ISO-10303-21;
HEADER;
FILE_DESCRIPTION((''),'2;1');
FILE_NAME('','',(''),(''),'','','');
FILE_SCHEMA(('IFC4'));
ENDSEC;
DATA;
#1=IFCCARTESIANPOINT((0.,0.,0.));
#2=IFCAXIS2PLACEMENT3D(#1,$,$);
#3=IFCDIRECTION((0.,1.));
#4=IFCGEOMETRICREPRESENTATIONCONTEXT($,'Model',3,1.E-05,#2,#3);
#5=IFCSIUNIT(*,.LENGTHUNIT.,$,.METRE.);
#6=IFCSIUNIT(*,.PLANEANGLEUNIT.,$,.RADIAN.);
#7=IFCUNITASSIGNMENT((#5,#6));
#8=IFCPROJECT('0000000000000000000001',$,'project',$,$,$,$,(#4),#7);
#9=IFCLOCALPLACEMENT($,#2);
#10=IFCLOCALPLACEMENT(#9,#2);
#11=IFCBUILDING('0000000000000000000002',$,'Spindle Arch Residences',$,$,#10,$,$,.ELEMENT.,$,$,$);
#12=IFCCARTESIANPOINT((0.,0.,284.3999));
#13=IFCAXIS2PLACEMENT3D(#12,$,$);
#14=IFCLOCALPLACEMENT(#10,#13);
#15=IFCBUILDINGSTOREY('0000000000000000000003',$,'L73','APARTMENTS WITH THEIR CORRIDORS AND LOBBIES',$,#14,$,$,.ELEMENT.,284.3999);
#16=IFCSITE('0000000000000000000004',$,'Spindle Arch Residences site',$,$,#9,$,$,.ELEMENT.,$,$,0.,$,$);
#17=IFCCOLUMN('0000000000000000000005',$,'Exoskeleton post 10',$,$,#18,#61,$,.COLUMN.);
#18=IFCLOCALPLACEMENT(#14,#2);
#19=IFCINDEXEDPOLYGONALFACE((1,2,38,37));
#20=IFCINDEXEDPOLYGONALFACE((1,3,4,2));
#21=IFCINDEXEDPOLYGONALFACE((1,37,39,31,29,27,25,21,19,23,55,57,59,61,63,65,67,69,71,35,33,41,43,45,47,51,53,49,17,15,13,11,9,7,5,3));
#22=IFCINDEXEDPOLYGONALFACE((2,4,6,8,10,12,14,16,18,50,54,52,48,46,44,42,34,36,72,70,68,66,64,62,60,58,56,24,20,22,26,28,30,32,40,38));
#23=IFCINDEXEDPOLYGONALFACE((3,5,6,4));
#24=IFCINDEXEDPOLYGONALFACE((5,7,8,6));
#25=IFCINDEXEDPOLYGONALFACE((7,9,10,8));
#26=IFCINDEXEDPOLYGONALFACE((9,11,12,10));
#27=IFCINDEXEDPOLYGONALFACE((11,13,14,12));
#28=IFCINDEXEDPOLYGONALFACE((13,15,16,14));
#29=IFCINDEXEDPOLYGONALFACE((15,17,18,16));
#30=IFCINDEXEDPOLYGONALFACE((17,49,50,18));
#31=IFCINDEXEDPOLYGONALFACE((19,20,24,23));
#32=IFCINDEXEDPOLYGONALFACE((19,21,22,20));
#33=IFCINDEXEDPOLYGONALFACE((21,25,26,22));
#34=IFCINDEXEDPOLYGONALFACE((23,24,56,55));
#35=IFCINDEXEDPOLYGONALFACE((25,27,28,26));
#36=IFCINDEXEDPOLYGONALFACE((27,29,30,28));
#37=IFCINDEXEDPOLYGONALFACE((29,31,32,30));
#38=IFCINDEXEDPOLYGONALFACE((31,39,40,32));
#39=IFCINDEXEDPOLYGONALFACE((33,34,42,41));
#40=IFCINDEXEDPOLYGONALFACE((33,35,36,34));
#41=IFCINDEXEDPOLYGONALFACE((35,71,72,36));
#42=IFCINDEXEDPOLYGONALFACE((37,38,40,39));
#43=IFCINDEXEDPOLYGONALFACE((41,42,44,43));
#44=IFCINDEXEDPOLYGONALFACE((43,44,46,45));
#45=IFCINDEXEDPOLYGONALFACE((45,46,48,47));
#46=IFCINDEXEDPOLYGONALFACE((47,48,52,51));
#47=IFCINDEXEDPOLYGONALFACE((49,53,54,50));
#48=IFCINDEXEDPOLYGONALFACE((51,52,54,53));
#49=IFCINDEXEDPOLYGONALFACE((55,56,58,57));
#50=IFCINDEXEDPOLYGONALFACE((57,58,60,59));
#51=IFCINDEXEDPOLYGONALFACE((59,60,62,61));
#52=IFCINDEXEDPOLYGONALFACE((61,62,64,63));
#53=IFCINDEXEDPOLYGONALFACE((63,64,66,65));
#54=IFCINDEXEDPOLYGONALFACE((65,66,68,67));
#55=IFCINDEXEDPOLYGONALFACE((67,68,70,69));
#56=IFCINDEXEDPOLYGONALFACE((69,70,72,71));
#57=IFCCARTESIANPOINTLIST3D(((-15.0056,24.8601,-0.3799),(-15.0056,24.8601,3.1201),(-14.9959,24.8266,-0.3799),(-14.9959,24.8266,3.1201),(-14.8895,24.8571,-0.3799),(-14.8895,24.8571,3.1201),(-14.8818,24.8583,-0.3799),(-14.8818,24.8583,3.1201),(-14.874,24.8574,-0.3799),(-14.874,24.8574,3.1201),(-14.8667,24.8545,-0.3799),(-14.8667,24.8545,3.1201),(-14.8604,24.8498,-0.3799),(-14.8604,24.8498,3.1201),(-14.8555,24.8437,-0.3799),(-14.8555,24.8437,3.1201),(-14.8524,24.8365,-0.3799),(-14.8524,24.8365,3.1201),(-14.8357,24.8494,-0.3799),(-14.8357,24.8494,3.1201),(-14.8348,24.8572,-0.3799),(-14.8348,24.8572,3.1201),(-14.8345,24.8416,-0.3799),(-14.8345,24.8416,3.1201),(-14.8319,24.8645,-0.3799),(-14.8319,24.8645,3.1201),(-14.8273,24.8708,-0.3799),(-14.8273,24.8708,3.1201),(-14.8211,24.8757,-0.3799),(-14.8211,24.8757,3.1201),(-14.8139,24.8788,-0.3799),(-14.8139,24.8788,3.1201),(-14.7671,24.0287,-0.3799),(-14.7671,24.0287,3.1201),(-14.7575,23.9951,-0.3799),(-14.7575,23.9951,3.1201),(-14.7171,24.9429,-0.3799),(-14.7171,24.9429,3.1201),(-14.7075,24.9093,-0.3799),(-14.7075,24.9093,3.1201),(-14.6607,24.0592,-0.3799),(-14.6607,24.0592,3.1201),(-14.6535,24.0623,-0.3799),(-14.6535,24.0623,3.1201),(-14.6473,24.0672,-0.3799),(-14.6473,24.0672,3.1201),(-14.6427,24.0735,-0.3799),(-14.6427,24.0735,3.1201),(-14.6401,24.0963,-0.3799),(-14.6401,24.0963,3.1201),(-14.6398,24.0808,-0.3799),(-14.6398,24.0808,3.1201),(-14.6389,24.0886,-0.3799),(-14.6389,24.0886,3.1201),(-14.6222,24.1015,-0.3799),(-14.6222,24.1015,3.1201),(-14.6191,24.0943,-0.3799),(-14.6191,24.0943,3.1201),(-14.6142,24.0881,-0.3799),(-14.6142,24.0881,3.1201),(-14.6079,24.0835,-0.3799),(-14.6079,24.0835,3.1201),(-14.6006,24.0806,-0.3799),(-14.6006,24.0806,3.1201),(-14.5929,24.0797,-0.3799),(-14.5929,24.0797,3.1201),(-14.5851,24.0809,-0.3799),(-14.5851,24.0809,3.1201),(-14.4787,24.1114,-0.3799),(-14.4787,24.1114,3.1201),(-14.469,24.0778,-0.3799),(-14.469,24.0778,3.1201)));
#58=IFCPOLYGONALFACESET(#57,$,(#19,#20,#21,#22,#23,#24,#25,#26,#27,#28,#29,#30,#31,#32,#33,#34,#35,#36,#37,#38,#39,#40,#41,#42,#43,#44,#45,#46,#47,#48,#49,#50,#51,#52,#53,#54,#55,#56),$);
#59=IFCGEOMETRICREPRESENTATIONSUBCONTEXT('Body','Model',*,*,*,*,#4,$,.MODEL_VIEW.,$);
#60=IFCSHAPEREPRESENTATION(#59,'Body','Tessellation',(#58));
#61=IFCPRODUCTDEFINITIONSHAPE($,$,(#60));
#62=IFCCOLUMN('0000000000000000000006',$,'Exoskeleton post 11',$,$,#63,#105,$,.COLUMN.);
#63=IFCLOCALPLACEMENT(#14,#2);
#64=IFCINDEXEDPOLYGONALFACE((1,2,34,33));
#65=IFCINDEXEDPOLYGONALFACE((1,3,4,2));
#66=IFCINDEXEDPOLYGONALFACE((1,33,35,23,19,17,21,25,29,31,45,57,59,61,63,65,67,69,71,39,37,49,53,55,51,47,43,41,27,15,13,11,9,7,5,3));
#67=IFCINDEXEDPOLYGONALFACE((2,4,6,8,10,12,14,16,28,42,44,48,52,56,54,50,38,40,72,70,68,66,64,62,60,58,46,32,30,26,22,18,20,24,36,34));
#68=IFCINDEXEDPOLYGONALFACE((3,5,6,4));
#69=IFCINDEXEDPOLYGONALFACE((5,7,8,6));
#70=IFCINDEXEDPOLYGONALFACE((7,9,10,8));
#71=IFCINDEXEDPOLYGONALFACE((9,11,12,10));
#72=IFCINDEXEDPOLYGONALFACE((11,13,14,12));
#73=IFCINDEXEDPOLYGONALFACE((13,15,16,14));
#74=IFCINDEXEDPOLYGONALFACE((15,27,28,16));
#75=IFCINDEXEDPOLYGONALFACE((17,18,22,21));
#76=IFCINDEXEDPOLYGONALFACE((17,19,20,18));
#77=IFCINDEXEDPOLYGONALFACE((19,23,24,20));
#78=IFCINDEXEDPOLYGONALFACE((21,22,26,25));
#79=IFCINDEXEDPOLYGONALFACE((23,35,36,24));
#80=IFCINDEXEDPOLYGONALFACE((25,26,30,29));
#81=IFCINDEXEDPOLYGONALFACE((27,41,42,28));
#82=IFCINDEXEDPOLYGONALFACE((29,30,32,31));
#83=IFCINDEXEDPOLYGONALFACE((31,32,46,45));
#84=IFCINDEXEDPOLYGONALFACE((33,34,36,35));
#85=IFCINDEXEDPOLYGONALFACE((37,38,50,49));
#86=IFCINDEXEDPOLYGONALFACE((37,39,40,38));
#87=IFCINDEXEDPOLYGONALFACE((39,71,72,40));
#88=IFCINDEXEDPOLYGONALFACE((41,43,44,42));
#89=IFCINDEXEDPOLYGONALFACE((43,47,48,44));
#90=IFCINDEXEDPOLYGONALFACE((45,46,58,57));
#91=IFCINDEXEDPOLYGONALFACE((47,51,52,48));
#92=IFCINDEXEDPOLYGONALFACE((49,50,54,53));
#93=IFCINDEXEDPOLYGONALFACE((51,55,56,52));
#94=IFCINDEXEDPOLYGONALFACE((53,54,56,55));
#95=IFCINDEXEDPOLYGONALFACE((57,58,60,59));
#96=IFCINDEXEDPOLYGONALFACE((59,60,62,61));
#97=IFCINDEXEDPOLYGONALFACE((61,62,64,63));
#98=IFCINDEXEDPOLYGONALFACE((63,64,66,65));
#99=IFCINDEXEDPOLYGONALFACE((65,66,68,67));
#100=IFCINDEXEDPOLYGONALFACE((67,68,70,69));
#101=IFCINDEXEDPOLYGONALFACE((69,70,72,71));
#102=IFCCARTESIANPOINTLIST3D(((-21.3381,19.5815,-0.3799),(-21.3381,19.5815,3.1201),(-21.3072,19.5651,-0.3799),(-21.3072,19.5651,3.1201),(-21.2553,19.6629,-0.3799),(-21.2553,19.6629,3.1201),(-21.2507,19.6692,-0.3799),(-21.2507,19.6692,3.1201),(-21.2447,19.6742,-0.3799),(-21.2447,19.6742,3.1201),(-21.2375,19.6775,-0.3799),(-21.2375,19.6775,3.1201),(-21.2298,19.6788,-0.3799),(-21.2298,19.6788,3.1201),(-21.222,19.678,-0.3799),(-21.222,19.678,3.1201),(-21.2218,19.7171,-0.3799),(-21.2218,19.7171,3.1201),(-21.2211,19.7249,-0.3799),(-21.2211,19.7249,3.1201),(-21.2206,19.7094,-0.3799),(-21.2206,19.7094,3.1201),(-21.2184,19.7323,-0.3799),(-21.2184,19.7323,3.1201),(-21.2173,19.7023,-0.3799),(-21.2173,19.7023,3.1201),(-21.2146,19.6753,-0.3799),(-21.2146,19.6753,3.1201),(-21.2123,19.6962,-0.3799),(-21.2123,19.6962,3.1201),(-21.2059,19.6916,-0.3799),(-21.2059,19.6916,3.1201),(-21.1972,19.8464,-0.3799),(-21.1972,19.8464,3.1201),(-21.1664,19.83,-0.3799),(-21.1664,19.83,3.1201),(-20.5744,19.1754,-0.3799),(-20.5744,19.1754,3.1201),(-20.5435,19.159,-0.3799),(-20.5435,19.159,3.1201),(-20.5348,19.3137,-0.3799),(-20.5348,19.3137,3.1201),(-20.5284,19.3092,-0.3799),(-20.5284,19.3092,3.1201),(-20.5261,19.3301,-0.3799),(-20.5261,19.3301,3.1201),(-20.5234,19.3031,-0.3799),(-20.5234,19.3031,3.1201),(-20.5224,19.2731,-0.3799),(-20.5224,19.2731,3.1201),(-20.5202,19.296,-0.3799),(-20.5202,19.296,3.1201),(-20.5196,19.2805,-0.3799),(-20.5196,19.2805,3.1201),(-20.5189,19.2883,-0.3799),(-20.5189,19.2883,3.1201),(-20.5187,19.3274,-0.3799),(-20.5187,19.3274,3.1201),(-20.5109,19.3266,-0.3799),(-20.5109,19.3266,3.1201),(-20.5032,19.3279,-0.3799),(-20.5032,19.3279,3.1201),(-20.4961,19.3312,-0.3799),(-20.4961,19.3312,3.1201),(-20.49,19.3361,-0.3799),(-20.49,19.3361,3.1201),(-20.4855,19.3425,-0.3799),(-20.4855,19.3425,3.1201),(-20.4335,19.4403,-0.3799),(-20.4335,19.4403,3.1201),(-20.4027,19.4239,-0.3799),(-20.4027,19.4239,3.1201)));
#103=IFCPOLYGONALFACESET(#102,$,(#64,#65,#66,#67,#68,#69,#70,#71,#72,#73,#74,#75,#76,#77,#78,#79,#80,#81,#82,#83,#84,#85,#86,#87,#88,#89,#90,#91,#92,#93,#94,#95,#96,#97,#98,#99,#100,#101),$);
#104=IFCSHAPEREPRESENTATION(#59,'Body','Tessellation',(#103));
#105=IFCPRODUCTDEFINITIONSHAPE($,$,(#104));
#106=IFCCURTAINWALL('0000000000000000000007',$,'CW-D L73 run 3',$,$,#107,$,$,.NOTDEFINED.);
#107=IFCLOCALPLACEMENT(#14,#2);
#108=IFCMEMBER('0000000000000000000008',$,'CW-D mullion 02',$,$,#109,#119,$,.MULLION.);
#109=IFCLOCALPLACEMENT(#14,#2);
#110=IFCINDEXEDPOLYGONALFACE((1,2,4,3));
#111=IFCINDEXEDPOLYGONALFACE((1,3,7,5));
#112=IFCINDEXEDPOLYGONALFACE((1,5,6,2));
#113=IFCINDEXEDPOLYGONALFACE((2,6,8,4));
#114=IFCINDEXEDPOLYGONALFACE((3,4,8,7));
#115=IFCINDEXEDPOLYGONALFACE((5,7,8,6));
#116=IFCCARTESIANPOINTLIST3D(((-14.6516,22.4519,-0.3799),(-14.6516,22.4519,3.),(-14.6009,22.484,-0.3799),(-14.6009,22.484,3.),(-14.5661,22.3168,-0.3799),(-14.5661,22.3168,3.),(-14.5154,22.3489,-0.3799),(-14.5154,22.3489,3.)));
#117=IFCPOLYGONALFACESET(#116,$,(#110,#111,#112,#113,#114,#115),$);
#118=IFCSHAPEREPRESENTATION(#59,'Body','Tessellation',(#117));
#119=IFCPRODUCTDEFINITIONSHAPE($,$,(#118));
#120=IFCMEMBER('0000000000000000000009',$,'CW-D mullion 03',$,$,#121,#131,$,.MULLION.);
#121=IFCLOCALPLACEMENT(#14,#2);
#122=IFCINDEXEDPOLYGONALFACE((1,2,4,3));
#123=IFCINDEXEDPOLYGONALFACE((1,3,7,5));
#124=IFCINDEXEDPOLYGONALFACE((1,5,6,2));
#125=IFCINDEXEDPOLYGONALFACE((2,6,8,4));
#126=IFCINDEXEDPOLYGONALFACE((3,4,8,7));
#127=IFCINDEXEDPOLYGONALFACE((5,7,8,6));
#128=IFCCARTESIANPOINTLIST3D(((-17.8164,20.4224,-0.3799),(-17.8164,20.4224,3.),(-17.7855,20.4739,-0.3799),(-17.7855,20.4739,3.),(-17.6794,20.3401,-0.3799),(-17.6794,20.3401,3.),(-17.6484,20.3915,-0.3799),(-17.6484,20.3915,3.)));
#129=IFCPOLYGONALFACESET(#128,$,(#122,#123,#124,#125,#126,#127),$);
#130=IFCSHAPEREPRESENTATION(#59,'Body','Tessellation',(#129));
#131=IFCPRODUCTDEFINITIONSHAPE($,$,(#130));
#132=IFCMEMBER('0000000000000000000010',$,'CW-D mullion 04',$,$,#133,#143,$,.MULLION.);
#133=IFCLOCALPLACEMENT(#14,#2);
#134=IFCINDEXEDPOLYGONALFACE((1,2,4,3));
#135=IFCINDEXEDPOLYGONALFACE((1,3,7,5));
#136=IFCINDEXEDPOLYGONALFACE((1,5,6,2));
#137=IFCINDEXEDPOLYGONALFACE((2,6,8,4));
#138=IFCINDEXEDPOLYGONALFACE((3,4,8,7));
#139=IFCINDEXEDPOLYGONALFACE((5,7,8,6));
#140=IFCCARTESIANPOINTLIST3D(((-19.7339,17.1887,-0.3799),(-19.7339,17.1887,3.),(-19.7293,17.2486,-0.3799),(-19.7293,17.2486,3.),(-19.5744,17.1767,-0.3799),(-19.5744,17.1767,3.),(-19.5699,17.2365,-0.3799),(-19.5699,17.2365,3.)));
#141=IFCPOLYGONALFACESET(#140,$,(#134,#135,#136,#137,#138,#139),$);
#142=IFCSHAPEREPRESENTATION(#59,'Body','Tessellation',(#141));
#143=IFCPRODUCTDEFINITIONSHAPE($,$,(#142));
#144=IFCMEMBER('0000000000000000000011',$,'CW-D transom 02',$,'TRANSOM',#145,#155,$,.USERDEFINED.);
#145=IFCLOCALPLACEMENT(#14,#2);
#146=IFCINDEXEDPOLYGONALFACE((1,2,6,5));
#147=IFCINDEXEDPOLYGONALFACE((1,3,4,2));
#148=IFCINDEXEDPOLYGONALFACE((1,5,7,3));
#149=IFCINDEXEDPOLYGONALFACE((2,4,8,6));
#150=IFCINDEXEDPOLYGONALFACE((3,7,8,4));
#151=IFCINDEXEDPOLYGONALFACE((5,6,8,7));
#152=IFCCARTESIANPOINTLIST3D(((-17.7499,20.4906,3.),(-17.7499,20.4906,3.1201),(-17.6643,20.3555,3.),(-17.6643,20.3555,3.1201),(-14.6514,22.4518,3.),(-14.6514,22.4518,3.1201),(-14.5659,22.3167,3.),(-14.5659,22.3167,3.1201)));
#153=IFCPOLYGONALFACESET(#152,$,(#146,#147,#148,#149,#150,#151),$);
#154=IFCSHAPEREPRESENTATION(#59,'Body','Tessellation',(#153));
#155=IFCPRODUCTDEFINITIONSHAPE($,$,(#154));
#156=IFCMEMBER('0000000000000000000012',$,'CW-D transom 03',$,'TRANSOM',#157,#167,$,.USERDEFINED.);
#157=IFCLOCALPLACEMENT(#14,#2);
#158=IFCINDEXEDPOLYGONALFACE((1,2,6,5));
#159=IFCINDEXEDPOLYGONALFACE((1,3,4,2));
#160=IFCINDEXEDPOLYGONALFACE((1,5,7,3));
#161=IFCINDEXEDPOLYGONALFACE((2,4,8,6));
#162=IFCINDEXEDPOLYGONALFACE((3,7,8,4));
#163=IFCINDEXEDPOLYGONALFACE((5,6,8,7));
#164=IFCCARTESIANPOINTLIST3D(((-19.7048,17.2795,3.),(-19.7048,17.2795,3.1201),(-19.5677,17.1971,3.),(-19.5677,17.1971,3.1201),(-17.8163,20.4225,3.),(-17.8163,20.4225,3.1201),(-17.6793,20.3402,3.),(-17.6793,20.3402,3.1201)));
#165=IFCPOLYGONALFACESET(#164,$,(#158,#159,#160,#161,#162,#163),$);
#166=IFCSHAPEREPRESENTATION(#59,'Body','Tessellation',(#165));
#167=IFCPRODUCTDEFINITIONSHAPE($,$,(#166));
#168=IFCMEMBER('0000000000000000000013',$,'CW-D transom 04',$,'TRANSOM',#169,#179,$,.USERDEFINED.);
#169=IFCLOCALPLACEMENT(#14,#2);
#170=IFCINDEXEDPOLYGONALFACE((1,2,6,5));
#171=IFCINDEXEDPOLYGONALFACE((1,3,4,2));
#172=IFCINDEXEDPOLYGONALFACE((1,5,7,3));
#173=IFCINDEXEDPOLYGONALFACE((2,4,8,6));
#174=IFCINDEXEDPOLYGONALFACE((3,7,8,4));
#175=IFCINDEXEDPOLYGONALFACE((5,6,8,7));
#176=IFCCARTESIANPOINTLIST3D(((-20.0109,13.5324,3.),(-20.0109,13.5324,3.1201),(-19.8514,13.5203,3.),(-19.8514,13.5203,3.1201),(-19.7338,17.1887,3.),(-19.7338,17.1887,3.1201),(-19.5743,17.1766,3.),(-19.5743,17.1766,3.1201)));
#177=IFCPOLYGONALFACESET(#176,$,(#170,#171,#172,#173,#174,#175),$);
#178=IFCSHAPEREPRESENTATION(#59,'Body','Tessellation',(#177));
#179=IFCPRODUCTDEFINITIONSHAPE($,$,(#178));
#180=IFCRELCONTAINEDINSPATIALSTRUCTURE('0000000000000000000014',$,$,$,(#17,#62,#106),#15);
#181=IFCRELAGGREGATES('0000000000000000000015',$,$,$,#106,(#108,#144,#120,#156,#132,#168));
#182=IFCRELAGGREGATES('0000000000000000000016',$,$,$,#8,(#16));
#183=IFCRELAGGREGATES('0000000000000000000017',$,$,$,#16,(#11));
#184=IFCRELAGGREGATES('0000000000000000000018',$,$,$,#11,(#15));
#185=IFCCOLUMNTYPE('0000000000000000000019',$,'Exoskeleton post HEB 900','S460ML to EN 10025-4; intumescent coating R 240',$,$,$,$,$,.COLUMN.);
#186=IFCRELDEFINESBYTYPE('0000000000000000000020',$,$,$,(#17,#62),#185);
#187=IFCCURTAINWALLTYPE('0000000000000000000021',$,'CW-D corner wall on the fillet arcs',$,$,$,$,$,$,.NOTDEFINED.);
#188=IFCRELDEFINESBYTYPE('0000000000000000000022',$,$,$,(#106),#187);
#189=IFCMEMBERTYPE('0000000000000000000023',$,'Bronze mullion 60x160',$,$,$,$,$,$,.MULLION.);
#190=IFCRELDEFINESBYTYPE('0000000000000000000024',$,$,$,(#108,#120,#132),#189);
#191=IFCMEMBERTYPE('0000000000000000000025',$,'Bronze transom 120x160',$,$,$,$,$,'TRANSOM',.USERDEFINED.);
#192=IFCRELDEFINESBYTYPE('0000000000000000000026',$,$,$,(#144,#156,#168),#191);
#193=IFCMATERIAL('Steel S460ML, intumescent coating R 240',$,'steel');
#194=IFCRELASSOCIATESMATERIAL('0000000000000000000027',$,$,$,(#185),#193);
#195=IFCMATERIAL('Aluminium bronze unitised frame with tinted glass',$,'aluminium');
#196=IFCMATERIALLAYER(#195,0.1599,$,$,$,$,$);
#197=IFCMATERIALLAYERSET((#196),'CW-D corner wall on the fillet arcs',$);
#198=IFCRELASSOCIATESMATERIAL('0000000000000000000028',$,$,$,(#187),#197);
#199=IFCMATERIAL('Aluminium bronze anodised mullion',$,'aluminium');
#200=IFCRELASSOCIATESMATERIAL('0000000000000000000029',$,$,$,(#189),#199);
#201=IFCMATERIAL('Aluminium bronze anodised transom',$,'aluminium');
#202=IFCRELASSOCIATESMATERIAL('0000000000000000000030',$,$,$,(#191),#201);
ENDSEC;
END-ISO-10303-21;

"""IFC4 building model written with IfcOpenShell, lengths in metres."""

from ifc_helpers import new_model, si_unit, direction, frame, origin, origin_2d, place, context, subcontext, project, spatial, rectangle, i_section, extrude, material, layer, layer_set, material_profile, profile_set, type_object, element, aggregate, save


model = new_model("IFC4")

# Units and contexts
model_context = context("Model", 3, precision=1e-05, world=origin(), true_north=direction((0.0, 1.0)))
body_context = subcontext(model_context, "Body", "Model", "MODEL_VIEW")
ifc_project = project(units=[si_unit("LENGTHUNIT", "METRE"), si_unit("PLANEANGLEUNIT", "RADIAN")], contexts=[model_context])

# Site, building, storey
site_placement = place(None, origin())
site = spatial("IfcSite", under=ifc_project, at=site_placement, Name="Spindle Arch Residences site", CompositionType="ELEMENT", RefElevation=0.0)
building_placement = place(site_placement, origin())
building = spatial("IfcBuilding", under=site, at=building_placement, Name="Spindle Arch Residences", CompositionType="ELEMENT")
storey_placement = place(building_placement, frame((0.0, 0.0, 284.3999)))
storey = spatial("IfcBuildingStorey", under=building, at=storey_placement, Name="L73", Description="APARTMENTS WITH THEIR CORRIDORS AND LOBBIES", CompositionType="ELEMENT", Elevation=284.3999)

# Columns
ifc_material_1 = material(Name="Steel S460ML, intumescent coating R 240", Category="steel")
ifc_material_profile_1 = material_profile(ifc_material_1, i_section(OverallWidth=0.3, OverallDepth=0.8999, WebThickness=0.0186, FlangeThickness=0.0349, FilletRadius=0.03, at=origin_2d()), Name="HEB 900")
ifc_profile_set_1 = profile_set([ifc_material_profile_1], Name="Steel S460ML, intumescent coating R 240")
column_type = type_object("IfcColumnType", Name="Exoskeleton post HEB 900", Description="S460ML to EN 10025-4; intumescent coating R 240", PredefinedType="COLUMN", material=ifc_profile_set_1)
for number, where, z_axis, x_axis, name in (
    (1, (-14.7373, 24.469, -0.3799), (0.0, 0.0, 1.0), (0.961245, 0.275695, 0.0), "Exoskeleton post 10"),
    (2, (-20.8704, 19.5027, -0.3799), (0.0, 0.0, 1.0), (0.469525, 0.882919, 0.0), "Exoskeleton post 11"),
):
    element("IfcColumn", number, at=place(storey_placement, frame(where, z_axis=z_axis, x_axis=x_axis)), inside=storey, type_object=column_type, Name=name, PredefinedType="COLUMN", context=body_context, shape_type="SweptSolid", body=[
        extrude(i_section(OverallWidth=0.3, OverallDepth=0.8999, WebThickness=0.0186, FlangeThickness=0.0349, FilletRadius=0.03, at=origin_2d()), origin(), (0.0, 0.0, 1.0), 3.5),
    ])

# Curtain wall, members
ifc_material_2 = material(Name="Aluminium bronze unitised frame with tinted glass", Category="aluminium")
ifc_layer_1 = layer(ifc_material_2, 0.1599)
ifc_layer_set_1 = layer_set([ifc_layer_1], Name="CW-D corner wall on the fillet arcs")
curtain_wall_type = type_object("IfcCurtainWallType", Name="CW-D corner wall on the fillet arcs", PredefinedType="NOTDEFINED", material=ifc_layer_set_1)
curtain_wall_placement = place(storey_placement, origin())
curtain_wall = element("IfcCurtainWall", 3, at=curtain_wall_placement, inside=storey, type_object=curtain_wall_type, Name="CW-D L73 run 3", PredefinedType="NOTDEFINED")
ifc_material_3 = material(Name="Aluminium bronze anodised mullion", Category="aluminium")
ifc_material_profile_2 = material_profile(ifc_material_3, rectangle(XDim=0.1599, YDim=0.0601, at=origin_2d()), Name="MU 60x160")
ifc_profile_set_2 = profile_set([ifc_material_profile_2], Name="Aluminium bronze anodised mullion")
member_type_1 = type_object("IfcMemberType", Name="Bronze mullion 60x160", PredefinedType="MULLION", material=ifc_profile_set_2)
member_1_placement = place(storey_placement, frame((-14.5835, 22.4004, -0.3799), z_axis=(0.0, 0.0, 1.0), x_axis=(0.534844, -0.844951, 0.0)))
member_1 = element("IfcMember", 4, at=member_1_placement, type_object=member_type_1, Name="CW-D mullion 02", PredefinedType="MULLION", context=body_context, shape_type="SweptSolid", body=[
    extrude(rectangle(XDim=0.1599, YDim=0.0601, at=origin_2d()), origin(), (0.0, 0.0, 1.0), 3.3799),
])
member_2_placement = place(storey_placement, frame((-17.7324, 20.407, -0.3799), z_axis=(0.0, 0.0, 1.0), x_axis=(0.857167, -0.515038, 0.0)))
member_2 = element("IfcMember", 5, at=member_2_placement, type_object=member_type_1, Name="CW-D mullion 03", PredefinedType="MULLION", context=body_context, shape_type="SweptSolid", body=[
    extrude(rectangle(XDim=0.1599, YDim=0.0601, at=origin_2d()), origin(), (0.0, 0.0, 1.0), 3.3799),
])
member_3_placement = place(storey_placement, frame((-19.6519, 17.2126, -0.3799), z_axis=(0.0, 0.0, 1.0), x_axis=(0.997141, -0.075559, 0.0)))
member_3 = element("IfcMember", 6, at=member_3_placement, type_object=member_type_1, Name="CW-D mullion 04", PredefinedType="MULLION", context=body_context, shape_type="SweptSolid", body=[
    extrude(rectangle(XDim=0.1599, YDim=0.0601, at=origin_2d()), origin(), (0.0, 0.0, 1.0), 3.3799),
])
ifc_material_4 = material(Name="Aluminium bronze anodised transom", Category="aluminium")
ifc_material_profile_3 = material_profile(ifc_material_4, rectangle(XDim=0.1599, YDim=0.1201, at=origin_2d()), Name="TR 120x160")
ifc_profile_set_3 = profile_set([ifc_material_profile_3], Name="Aluminium bronze anodised transom")
member_type_2 = type_object("IfcMemberType", Name="Bronze transom 120x160", ElementType="TRANSOM", PredefinedType="USERDEFINED", material=ifc_profile_set_3)
member_4_placement = place(storey_placement, frame((-14.6086, 22.3843, 3.0601), z_axis=(-0.844958, -0.534832, 0.0), x_axis=(0.534832, -0.844958, 0.0)))
member_4 = element("IfcMember", 7, at=member_4_placement, type_object=member_type_2, Name="CW-D transom 02", ObjectType="TRANSOM", PredefinedType="USERDEFINED", context=body_context, shape_type="SweptSolid", body=[
    extrude(rectangle(XDim=0.1599, YDim=0.1201, at=origin_2d()), origin(), (0.0, 0.0, 1.0), 3.667),
])
member_5_placement = place(storey_placement, frame((-17.7478, 20.3813, 3.0601), z_axis=(-0.515015, -0.857181, 0.0), x_axis=(0.857181, -0.515015, 0.0)))
member_5 = element("IfcMember", 8, at=member_5_placement, type_object=member_type_2, Name="CW-D transom 03", ObjectType="TRANSOM", PredefinedType="USERDEFINED", context=body_context, shape_type="SweptSolid", body=[
    extrude(rectangle(XDim=0.1599, YDim=0.1201, at=origin_2d()), origin(), (0.0, 0.0, 1.0), 3.6667),
])
member_6_placement = place(storey_placement, frame((-19.6541, 17.1826, 3.0601), z_axis=(-0.075571, -0.99714, 0.0), x_axis=(0.99714, -0.075571, 0.0)))
member_6 = element("IfcMember", 9, at=member_6_placement, type_object=member_type_2, Name="CW-D transom 04", ObjectType="TRANSOM", PredefinedType="USERDEFINED", context=body_context, shape_type="SweptSolid", body=[
    extrude(rectangle(XDim=0.1599, YDim=0.1201, at=origin_2d()), origin(), (0.0, 0.0, 1.0), 3.6667),
])

aggregate(curtain_wall, [member_1, member_4, member_2, member_5, member_3, member_6])

save(model, "model.ifc")
